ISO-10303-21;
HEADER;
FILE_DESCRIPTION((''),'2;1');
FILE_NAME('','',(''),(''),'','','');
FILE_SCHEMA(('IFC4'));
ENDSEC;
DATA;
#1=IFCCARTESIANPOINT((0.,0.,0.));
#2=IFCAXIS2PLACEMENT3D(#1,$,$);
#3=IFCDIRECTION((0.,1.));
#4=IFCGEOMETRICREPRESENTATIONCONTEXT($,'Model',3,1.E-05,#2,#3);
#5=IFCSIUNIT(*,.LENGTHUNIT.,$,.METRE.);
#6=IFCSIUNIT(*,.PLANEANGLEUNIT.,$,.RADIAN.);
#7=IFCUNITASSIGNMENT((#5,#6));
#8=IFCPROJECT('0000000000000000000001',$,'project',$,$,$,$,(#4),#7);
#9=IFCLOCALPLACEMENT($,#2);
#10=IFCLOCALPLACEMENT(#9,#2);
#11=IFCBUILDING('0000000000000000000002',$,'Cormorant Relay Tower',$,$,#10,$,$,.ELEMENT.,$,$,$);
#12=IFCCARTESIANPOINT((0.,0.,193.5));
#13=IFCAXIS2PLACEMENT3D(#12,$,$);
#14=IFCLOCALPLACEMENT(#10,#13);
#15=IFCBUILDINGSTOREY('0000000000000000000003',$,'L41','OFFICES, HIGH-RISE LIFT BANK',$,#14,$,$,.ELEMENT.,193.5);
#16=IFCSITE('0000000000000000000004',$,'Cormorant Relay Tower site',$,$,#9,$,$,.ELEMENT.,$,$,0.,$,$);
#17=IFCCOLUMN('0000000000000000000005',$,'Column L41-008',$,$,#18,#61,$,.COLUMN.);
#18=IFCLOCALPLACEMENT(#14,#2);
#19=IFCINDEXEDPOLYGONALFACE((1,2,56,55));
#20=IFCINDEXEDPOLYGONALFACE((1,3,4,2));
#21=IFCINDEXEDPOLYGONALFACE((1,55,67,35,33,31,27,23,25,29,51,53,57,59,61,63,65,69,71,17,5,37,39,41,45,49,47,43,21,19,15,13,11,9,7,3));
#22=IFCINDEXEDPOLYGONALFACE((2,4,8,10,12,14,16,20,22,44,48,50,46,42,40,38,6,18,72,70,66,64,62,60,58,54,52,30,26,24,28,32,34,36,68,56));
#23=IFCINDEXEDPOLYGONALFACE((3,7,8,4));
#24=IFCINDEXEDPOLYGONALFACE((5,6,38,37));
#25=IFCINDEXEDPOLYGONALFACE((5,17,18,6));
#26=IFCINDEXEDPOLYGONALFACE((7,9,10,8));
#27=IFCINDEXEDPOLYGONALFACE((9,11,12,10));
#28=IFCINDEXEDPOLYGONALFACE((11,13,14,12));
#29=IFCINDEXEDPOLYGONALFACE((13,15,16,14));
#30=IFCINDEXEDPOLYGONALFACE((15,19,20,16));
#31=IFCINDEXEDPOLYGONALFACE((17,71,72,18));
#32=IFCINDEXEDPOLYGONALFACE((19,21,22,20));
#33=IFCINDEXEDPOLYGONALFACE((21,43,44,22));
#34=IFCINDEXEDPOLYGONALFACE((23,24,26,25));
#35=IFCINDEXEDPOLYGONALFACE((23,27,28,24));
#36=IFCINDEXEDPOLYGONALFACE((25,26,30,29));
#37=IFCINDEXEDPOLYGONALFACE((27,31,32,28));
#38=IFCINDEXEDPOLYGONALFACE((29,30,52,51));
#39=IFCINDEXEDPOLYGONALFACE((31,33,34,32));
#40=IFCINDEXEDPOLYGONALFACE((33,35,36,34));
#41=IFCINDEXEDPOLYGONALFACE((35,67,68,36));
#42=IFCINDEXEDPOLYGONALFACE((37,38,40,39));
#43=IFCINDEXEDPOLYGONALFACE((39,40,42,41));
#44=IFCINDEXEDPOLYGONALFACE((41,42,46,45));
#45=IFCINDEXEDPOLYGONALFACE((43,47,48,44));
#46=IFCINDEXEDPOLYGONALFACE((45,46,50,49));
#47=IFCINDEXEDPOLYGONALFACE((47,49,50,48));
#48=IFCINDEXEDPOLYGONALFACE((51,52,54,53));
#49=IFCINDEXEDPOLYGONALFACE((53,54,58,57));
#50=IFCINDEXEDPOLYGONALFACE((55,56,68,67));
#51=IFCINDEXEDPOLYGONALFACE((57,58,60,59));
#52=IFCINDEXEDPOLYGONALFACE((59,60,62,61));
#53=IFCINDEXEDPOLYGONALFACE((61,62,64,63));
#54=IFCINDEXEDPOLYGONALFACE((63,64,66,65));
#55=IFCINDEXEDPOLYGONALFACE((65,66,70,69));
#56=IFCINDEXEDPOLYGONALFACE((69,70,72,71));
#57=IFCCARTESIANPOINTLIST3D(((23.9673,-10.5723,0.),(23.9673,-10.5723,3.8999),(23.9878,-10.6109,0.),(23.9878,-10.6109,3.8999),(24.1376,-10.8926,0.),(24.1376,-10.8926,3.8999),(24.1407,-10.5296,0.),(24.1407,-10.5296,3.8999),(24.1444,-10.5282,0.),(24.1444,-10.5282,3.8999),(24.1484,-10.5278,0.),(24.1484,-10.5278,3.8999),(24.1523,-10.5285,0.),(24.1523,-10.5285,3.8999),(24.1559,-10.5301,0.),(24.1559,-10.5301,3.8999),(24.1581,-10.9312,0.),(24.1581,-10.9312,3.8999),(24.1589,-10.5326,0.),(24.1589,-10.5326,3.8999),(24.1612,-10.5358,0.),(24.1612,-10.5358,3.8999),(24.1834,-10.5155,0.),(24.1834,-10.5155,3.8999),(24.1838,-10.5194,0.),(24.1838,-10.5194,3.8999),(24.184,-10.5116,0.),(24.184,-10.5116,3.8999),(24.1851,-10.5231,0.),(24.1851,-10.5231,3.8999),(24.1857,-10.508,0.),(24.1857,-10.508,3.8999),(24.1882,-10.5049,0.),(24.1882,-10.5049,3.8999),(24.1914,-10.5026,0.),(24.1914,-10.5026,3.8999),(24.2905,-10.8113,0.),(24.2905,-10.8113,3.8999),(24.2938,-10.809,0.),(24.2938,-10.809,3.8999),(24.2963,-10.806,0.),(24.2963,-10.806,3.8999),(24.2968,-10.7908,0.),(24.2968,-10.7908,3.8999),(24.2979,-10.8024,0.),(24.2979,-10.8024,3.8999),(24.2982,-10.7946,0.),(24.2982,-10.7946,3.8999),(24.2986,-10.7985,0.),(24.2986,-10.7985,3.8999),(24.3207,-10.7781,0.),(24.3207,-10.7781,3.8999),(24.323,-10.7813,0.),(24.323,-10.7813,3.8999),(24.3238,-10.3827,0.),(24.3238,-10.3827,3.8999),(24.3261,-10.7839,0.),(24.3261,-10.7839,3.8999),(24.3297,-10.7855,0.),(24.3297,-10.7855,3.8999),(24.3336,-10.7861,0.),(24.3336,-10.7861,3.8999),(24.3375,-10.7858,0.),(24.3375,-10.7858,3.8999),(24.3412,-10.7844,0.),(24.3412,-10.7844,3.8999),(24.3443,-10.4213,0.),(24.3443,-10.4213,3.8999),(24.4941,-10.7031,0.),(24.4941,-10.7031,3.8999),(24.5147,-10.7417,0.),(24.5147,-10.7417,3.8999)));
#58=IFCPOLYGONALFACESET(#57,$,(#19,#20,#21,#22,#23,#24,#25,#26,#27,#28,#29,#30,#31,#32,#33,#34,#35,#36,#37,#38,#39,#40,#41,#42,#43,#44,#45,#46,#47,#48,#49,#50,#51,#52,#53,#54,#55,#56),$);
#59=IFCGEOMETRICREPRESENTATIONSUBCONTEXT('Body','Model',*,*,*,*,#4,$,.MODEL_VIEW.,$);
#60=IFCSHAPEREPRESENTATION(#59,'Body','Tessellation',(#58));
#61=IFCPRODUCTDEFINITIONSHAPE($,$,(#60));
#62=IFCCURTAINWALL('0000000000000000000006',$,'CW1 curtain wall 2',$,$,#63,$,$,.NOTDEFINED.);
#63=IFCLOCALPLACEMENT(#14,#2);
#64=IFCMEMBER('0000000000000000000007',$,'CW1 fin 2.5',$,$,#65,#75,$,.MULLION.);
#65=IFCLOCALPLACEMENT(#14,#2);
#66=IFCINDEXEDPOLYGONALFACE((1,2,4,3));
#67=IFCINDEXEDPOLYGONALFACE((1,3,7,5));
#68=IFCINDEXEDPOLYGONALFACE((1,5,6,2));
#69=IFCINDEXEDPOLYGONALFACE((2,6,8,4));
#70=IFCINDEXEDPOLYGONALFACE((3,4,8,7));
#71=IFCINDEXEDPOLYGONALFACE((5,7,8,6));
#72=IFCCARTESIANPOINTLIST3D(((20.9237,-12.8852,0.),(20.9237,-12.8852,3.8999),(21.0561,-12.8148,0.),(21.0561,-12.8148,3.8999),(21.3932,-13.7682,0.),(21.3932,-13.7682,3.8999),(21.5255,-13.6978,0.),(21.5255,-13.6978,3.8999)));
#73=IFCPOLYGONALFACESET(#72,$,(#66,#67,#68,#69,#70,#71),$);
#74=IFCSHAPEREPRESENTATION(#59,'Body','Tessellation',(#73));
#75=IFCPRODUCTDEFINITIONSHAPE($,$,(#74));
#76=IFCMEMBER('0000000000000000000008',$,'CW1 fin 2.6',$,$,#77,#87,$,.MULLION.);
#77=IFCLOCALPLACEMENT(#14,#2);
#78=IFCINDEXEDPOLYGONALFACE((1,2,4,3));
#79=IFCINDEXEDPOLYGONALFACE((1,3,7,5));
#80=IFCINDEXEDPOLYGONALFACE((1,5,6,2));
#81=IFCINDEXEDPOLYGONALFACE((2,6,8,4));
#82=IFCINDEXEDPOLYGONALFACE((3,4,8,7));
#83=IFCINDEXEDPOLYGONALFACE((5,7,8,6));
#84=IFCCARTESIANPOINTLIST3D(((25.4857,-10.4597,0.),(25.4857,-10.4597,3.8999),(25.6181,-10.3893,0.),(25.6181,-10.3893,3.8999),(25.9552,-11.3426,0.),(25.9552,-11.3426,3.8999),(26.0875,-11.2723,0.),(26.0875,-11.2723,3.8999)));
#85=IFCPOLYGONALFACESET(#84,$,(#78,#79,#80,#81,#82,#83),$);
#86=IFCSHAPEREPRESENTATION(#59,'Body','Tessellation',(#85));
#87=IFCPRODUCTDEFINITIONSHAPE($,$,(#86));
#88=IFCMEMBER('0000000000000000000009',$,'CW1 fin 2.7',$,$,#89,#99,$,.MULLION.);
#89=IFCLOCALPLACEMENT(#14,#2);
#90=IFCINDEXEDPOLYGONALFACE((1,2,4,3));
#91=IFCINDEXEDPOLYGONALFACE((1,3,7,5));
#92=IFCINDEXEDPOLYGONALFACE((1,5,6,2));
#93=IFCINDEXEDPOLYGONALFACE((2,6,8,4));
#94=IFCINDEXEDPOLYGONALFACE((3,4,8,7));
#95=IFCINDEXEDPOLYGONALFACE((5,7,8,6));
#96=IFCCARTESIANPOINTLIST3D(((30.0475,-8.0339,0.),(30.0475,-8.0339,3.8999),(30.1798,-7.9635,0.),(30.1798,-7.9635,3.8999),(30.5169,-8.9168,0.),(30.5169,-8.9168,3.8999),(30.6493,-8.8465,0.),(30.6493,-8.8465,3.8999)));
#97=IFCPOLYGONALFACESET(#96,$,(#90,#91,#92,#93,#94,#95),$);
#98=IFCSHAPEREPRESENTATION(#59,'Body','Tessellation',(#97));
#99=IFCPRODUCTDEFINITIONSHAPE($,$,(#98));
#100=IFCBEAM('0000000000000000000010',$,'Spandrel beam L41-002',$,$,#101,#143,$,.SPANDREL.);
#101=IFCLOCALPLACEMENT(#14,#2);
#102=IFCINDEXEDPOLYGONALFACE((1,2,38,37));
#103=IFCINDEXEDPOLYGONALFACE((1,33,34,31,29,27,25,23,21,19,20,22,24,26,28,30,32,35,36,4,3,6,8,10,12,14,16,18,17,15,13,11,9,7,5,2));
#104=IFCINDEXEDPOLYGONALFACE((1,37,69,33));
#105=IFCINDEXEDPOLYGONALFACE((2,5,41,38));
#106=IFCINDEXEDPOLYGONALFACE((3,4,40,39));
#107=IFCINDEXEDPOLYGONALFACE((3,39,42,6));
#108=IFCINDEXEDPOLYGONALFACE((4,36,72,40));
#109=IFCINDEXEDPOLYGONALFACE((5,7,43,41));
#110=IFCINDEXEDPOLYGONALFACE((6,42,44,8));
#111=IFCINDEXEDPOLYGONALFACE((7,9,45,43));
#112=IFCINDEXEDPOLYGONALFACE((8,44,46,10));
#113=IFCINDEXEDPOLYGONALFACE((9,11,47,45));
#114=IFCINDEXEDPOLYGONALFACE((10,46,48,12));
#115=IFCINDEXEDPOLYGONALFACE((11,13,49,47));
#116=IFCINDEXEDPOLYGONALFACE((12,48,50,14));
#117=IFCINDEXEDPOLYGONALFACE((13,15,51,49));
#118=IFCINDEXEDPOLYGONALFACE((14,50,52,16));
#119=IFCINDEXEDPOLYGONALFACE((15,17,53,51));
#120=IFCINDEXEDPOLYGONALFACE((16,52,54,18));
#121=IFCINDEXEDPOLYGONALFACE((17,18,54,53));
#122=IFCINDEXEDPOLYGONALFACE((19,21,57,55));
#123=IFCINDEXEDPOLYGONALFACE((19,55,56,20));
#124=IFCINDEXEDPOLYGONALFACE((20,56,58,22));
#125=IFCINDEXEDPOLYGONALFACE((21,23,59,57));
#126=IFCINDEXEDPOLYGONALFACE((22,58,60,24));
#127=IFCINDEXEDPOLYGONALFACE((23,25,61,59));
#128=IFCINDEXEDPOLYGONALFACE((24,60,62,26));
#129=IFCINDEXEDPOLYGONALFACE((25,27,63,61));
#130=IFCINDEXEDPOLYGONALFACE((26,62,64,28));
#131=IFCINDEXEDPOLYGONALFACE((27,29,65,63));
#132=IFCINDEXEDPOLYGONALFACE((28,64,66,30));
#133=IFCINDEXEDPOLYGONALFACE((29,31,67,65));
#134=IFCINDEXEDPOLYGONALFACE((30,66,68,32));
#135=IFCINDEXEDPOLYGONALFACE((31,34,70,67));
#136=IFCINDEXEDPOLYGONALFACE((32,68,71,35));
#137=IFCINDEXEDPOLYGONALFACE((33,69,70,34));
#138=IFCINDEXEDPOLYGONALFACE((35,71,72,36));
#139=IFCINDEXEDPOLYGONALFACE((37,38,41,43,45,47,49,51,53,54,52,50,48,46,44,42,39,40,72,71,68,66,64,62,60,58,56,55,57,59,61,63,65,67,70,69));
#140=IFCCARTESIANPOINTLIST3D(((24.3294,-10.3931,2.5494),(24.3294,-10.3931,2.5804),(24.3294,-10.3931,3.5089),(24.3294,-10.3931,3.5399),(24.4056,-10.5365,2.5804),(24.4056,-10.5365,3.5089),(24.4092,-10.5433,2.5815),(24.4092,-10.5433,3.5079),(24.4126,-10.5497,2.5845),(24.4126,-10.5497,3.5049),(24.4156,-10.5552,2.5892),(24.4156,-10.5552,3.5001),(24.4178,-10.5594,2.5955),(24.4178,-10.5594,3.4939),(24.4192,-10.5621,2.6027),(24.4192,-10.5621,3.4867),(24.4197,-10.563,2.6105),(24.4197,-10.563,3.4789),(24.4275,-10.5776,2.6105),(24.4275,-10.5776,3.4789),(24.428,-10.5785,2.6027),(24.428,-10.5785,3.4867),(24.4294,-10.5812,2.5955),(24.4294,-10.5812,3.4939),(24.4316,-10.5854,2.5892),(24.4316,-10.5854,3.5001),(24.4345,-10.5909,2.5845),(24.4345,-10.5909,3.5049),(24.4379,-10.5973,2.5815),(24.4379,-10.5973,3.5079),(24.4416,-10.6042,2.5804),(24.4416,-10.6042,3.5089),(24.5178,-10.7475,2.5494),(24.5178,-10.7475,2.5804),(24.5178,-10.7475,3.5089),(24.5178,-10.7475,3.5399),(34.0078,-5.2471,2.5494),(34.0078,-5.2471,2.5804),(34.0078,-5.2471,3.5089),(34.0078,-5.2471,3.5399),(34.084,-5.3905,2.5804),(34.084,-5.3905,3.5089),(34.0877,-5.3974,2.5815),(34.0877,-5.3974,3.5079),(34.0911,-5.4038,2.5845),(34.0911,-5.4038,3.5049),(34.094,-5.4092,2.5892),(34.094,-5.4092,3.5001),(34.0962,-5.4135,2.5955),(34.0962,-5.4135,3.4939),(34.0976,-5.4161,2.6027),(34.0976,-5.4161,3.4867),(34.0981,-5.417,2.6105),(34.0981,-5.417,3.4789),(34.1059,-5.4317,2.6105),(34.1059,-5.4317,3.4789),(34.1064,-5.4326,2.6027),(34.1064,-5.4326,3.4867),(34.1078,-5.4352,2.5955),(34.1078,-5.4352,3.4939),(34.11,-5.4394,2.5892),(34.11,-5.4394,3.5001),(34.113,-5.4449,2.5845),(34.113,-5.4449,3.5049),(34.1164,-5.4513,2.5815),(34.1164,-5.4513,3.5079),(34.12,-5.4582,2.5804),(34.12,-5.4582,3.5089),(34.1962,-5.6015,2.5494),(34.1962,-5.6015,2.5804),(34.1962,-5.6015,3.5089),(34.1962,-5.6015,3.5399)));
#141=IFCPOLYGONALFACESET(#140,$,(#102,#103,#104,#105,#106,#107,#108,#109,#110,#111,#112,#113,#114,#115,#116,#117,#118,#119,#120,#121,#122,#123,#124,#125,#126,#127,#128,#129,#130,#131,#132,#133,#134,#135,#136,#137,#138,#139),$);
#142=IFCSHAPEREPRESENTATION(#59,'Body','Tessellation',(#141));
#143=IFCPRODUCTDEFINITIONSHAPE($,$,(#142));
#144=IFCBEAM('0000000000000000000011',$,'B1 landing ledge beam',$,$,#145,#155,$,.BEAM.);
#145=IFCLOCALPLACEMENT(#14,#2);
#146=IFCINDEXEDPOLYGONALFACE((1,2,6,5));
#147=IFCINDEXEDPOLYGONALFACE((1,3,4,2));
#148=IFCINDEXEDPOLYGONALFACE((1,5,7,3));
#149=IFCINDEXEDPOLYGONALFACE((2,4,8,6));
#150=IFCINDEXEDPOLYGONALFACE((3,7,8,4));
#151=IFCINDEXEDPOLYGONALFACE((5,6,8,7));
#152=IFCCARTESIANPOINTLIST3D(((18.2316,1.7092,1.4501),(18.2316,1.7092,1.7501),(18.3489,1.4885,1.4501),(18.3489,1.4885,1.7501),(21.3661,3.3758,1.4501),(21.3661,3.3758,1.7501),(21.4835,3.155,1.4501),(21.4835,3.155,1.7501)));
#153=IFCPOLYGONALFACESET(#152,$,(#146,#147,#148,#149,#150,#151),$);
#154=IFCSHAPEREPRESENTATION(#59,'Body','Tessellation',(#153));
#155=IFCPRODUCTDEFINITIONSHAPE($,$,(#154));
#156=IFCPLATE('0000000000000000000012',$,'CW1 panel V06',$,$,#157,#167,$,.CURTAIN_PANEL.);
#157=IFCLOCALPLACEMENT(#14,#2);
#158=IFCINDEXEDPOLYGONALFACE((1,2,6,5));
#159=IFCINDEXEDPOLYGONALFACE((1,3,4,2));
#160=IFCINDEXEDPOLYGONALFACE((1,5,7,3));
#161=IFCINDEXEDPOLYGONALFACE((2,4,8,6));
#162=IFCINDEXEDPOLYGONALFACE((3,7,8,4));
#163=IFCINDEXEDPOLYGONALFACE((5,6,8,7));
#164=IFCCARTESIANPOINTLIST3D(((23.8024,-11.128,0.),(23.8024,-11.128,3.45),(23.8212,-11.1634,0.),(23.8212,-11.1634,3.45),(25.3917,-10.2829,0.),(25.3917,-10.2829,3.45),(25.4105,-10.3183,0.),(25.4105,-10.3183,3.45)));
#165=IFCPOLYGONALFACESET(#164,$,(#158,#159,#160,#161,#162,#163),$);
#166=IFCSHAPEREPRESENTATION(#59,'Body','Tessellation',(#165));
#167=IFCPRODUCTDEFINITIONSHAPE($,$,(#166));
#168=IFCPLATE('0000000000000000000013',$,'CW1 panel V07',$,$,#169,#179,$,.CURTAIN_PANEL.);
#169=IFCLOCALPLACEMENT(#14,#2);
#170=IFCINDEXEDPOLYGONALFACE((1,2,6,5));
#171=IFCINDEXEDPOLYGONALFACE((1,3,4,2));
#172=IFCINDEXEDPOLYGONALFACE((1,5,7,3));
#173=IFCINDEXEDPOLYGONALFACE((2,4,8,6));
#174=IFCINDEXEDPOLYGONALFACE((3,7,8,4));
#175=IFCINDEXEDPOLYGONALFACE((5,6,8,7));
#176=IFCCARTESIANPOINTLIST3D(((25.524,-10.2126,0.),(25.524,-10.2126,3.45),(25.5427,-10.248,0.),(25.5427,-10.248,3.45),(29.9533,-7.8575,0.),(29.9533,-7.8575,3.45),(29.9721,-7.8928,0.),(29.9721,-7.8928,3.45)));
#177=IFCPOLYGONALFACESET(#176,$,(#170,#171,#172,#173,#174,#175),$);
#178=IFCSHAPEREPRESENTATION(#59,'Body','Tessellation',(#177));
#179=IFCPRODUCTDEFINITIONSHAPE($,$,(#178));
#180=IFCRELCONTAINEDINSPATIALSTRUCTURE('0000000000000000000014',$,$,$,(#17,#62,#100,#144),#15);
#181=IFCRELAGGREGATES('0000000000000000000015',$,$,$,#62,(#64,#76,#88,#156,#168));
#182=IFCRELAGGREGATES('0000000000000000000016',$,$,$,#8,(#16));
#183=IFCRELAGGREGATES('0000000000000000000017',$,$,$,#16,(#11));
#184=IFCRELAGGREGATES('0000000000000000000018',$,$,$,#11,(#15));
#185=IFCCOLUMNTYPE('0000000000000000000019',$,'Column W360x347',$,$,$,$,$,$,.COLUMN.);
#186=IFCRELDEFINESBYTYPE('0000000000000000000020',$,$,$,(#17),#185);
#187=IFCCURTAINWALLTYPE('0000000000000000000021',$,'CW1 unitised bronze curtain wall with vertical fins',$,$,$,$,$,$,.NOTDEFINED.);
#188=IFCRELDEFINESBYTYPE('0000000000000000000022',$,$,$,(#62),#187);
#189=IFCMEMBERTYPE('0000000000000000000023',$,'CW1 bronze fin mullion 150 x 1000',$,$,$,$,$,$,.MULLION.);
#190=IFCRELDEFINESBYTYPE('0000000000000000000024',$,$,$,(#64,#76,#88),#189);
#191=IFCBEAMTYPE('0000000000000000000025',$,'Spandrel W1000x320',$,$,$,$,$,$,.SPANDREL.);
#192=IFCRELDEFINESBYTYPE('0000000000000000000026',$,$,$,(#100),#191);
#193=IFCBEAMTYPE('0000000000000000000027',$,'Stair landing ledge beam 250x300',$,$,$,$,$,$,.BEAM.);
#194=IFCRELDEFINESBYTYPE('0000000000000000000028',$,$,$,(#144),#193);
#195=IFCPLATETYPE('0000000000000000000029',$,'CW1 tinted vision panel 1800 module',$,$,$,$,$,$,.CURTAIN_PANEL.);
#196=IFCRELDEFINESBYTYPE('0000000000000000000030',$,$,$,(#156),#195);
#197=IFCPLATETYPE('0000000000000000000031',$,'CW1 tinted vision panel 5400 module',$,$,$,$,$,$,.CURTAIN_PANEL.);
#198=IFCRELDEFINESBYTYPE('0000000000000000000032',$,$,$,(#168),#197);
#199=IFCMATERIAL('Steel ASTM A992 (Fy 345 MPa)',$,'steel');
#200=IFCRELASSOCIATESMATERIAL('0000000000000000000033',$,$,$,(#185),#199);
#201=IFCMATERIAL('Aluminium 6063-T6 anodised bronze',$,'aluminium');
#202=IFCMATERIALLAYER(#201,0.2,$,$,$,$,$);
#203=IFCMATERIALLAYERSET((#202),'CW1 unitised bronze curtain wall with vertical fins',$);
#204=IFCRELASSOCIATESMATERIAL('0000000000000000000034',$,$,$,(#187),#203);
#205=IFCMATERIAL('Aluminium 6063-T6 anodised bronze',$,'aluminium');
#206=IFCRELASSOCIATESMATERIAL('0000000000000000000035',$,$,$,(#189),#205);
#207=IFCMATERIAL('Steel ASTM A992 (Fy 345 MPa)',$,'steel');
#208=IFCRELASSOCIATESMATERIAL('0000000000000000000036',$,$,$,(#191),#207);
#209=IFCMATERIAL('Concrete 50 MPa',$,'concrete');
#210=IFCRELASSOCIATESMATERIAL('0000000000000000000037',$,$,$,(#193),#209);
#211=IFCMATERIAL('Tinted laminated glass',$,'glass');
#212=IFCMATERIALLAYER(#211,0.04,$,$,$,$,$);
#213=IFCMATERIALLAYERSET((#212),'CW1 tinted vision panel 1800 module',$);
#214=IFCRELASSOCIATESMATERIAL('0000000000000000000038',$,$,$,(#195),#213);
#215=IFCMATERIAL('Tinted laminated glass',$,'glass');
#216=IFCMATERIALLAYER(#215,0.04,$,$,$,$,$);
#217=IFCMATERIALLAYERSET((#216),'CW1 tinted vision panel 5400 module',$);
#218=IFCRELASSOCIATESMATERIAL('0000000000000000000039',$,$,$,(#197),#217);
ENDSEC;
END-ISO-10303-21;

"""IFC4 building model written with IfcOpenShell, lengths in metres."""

from ifc_helpers import new_model, si_unit, direction, frame, origin, origin_2d, place, context, subcontext, project, spatial, rectangle, i_section, extrude, material, layer, layer_set, material_profile, profile_set, type_object, element, aggregate, save


model = new_model("IFC4")

# Units and contexts
model_context = context("Model", 3, precision=1e-05, world=origin(), true_north=direction((0.0, 1.0)))
body_context = subcontext(model_context, "Body", "Model", "MODEL_VIEW")
ifc_project = project(units=[si_unit("LENGTHUNIT", "METRE"), si_unit("PLANEANGLEUNIT", "RADIAN")], contexts=[model_context])

# Site, building, storey
site_placement = place(None, origin())
site = spatial("IfcSite", under=ifc_project, at=site_placement, Name="Cormorant Relay Tower site", CompositionType="ELEMENT", RefElevation=0.0)
building_placement = place(site_placement, origin())
building = spatial("IfcBuilding", under=site, at=building_placement, Name="Cormorant Relay Tower", CompositionType="ELEMENT")
storey_placement = place(building_placement, frame((0.0, 0.0, 193.5)))
storey = spatial("IfcBuildingStorey", under=building, at=storey_placement, Name="L41", Description="OFFICES, HIGH-RISE LIFT BANK", CompositionType="ELEMENT", Elevation=193.5)

# Column
ifc_material_1 = material(Name="Steel ASTM A992 (Fy 345 MPa)", Category="steel")
ifc_material_profile_1 = material_profile(ifc_material_1, i_section(OverallWidth=0.4038, OverallDepth=0.4065, WebThickness=0.0271, FlangeThickness=0.0437, FilletRadius=0.0151, at=origin_2d()), Name="W360x347")
ifc_profile_set_1 = profile_set([ifc_material_profile_1], Name="Steel ASTM A992 (Fy 345 MPa)")
column_type = type_object("IfcColumnType", Name="Column W360x347", PredefinedType="COLUMN", material=ifc_profile_set_1)
column_placement = place(storey_placement, frame((24.241, -10.657, 0.0), z_axis=(0.0, 0.0, 1.0), x_axis=(0.882948, 0.469472, 0.0)))
element("IfcColumn", 1, at=column_placement, inside=storey, type_object=column_type, Name="Column L41-008", PredefinedType="COLUMN", context=body_context, shape_type="SweptSolid", body=[
    extrude(i_section(OverallWidth=0.4038, OverallDepth=0.4065, WebThickness=0.0271, FlangeThickness=0.0437, FilletRadius=0.0151, at=origin_2d()), origin(), (0.0, 0.0, 1.0), 3.8999),
])

# Curtain wall, members
ifc_material_2 = material(Name="Aluminium 6063-T6 anodised bronze", Category="aluminium")
ifc_layer_1 = layer(ifc_material_2, 0.2)
ifc_layer_set_1 = layer_set([ifc_layer_1], Name="CW1 unitised bronze curtain wall with vertical fins")
curtain_wall_type = type_object("IfcCurtainWallType", Name="CW1 unitised bronze curtain wall with vertical fins", PredefinedType="NOTDEFINED", material=ifc_layer_set_1)
curtain_wall_placement = place(storey_placement, origin())
curtain_wall = element("IfcCurtainWall", 2, at=curtain_wall_placement, inside=storey, type_object=curtain_wall_type, Name="CW1 curtain wall 2", PredefinedType="NOTDEFINED")
ifc_material_3 = material(Name="Aluminium 6063-T6 anodised bronze", Category="aluminium")
ifc_material_profile_2 = material_profile(ifc_material_3, rectangle(XDim=0.1499, YDim=1.0, at=origin_2d()), Name="AL 150x1000")
ifc_profile_set_2 = profile_set([ifc_material_profile_2], Name="Aluminium 6063-T6 anodised bronze")
member_type = type_object("IfcMemberType", Name="CW1 bronze fin mullion 150 x 1000", PredefinedType="MULLION", material=ifc_profile_set_2)
member_1_placement = place(storey_placement, frame((21.2246, -13.2915, 0.0), z_axis=(0.0, 0.0, 1.0), x_axis=(0.882948, 0.469472, 0.0)))
member_1 = element("IfcMember", 3, at=member_1_placement, type_object=member_type, Name="CW1 fin 2.5", PredefinedType="MULLION", context=body_context, shape_type="SweptSolid", body=[
    extrude(rectangle(XDim=0.1499, YDim=1.0, at=origin_2d()), origin(), (0.0, 0.0, 1.0), 3.8999),
])
member_2_placement = place(storey_placement, frame((25.7866, -10.866, 0.0), z_axis=(0.0, 0.0, 1.0), x_axis=(0.882948, 0.469472, 0.0)))
member_2 = element("IfcMember", 4, at=member_2_placement, type_object=member_type, Name="CW1 fin 2.6", PredefinedType="MULLION", context=body_context, shape_type="SweptSolid", body=[
    extrude(rectangle(XDim=0.1499, YDim=1.0, at=origin_2d()), origin(), (0.0, 0.0, 1.0), 3.8999),
])
member_3_placement = place(storey_placement, frame((30.3484, -8.4402, 0.0), z_axis=(0.0, 0.0, 1.0), x_axis=(0.882948, 0.469472, 0.0)))
member_3 = element("IfcMember", 5, at=member_3_placement, type_object=member_type, Name="CW1 fin 2.7", PredefinedType="MULLION", context=body_context, shape_type="SweptSolid", body=[
    extrude(rectangle(XDim=0.1499, YDim=1.0, at=origin_2d()), origin(), (0.0, 0.0, 1.0), 3.8999),
])

# Beams
ifc_material_4 = material(Name="Steel ASTM A992 (Fy 345 MPa)", Category="steel")
ifc_material_profile_3 = material_profile(ifc_material_4, i_section(OverallWidth=0.4014, OverallDepth=0.9905, WebThickness=0.0166, FlangeThickness=0.031, FilletRadius=0.03, at=origin_2d()), Name="W1000x320")
ifc_profile_set_3 = profile_set([ifc_material_profile_3], Name="Steel ASTM A992 (Fy 345 MPa)")
beam_type_1 = type_object("IfcBeamType", Name="Spandrel W1000x320", PredefinedType="SPANDREL", material=ifc_profile_set_3)
beam_1_placement = place(storey_placement, frame((24.4236, -10.5703, 3.0447), z_axis=(0.882953, 0.469462, 0.0), x_axis=(-0.469462, 0.882953, 0.0)))
element("IfcBeam", 6, at=beam_1_placement, inside=storey, type_object=beam_type_1, Name="Spandrel beam L41-002", PredefinedType="SPANDREL", context=body_context, shape_type="SweptSolid", body=[
    extrude(i_section(OverallWidth=0.4014, OverallDepth=0.9905, WebThickness=0.0166, FlangeThickness=0.031, FilletRadius=0.03, at=origin_2d()), origin(), (0.0, 0.0, 1.0), 10.9614),
])
ifc_material_5 = material(Name="Concrete 50 MPa", Category="concrete")
ifc_material_profile_4 = material_profile(ifc_material_5, rectangle(XDim=0.25, YDim=0.3, at=origin_2d()), Name="RC 250x300")
ifc_profile_set_4 = profile_set([ifc_material_profile_4], Name="Concrete 50 MPa")
beam_type_2 = type_object("IfcBeamType", Name="Stair landing ledge beam 250x300", PredefinedType="BEAM", material=ifc_profile_set_4)
beam_2_placement = place(storey_placement, frame((21.4248, 3.2654, 1.6001), z_axis=(-0.882965, -0.469438, 0.0), x_axis=(0.469438, -0.882965, 0.0)))
element("IfcBeam", 7, at=beam_2_placement, inside=storey, type_object=beam_type_2, Name="B1 landing ledge beam", PredefinedType="BEAM", context=body_context, shape_type="SweptSolid", body=[
    extrude(rectangle(XDim=0.25, YDim=0.3, at=origin_2d()), origin(), (0.0, 0.0, 1.0), 3.55),
])

# Plates
ifc_material_6 = material(Name="Tinted laminated glass", Category="glass")
ifc_layer_2 = layer(ifc_material_6, 0.04)
ifc_layer_set_2 = layer_set([ifc_layer_2], Name="CW1 tinted vision panel 1800 module")
plate_type_1 = type_object("IfcPlateType", Name="CW1 tinted vision panel 1800 module", PredefinedType="CURTAIN_PANEL", material=ifc_layer_set_2)
plate_1_placement = place(storey_placement, frame((24.6064, -10.7231, 0.0), z_axis=(0.0, 0.0, 1.0), x_axis=(0.882948, 0.469472, 0.0)))
plate_1 = element("IfcPlate", 8, at=plate_1_placement, type_object=plate_type_1, Name="CW1 panel V06", PredefinedType="CURTAIN_PANEL", context=body_context, shape_type="SweptSolid", body=[
    extrude(rectangle(XDim=1.8, YDim=0.04, at=origin_2d()), origin(), (0.0, 0.0, 1.0), 3.45),
])
ifc_material_7 = material(Name="Tinted laminated glass", Category="glass")
ifc_layer_3 = layer(ifc_material_7, 0.04)
ifc_layer_set_3 = layer_set([ifc_layer_3], Name="CW1 tinted vision panel 5400 module")
plate_type_2 = type_object("IfcPlateType", Name="CW1 tinted vision panel 5400 module", PredefinedType="CURTAIN_PANEL", material=ifc_layer_set_3)
plate_2_placement = place(storey_placement, frame((27.748, -9.0527, 0.0), z_axis=(0.0, 0.0, 1.0), x_axis=(0.882948, 0.469472, 0.0)))
plate_2 = element("IfcPlate", 9, at=plate_2_placement, type_object=plate_type_2, Name="CW1 panel V07", PredefinedType="CURTAIN_PANEL", context=body_context, shape_type="SweptSolid", body=[
    extrude(rectangle(XDim=5.0166, YDim=0.04, at=origin_2d()), origin(), (0.0, 0.0, 1.0), 3.45),
])

aggregate(curtain_wall, [member_1, member_2, member_3, plate_1, plate_2])

save(model, "model.ifc")
